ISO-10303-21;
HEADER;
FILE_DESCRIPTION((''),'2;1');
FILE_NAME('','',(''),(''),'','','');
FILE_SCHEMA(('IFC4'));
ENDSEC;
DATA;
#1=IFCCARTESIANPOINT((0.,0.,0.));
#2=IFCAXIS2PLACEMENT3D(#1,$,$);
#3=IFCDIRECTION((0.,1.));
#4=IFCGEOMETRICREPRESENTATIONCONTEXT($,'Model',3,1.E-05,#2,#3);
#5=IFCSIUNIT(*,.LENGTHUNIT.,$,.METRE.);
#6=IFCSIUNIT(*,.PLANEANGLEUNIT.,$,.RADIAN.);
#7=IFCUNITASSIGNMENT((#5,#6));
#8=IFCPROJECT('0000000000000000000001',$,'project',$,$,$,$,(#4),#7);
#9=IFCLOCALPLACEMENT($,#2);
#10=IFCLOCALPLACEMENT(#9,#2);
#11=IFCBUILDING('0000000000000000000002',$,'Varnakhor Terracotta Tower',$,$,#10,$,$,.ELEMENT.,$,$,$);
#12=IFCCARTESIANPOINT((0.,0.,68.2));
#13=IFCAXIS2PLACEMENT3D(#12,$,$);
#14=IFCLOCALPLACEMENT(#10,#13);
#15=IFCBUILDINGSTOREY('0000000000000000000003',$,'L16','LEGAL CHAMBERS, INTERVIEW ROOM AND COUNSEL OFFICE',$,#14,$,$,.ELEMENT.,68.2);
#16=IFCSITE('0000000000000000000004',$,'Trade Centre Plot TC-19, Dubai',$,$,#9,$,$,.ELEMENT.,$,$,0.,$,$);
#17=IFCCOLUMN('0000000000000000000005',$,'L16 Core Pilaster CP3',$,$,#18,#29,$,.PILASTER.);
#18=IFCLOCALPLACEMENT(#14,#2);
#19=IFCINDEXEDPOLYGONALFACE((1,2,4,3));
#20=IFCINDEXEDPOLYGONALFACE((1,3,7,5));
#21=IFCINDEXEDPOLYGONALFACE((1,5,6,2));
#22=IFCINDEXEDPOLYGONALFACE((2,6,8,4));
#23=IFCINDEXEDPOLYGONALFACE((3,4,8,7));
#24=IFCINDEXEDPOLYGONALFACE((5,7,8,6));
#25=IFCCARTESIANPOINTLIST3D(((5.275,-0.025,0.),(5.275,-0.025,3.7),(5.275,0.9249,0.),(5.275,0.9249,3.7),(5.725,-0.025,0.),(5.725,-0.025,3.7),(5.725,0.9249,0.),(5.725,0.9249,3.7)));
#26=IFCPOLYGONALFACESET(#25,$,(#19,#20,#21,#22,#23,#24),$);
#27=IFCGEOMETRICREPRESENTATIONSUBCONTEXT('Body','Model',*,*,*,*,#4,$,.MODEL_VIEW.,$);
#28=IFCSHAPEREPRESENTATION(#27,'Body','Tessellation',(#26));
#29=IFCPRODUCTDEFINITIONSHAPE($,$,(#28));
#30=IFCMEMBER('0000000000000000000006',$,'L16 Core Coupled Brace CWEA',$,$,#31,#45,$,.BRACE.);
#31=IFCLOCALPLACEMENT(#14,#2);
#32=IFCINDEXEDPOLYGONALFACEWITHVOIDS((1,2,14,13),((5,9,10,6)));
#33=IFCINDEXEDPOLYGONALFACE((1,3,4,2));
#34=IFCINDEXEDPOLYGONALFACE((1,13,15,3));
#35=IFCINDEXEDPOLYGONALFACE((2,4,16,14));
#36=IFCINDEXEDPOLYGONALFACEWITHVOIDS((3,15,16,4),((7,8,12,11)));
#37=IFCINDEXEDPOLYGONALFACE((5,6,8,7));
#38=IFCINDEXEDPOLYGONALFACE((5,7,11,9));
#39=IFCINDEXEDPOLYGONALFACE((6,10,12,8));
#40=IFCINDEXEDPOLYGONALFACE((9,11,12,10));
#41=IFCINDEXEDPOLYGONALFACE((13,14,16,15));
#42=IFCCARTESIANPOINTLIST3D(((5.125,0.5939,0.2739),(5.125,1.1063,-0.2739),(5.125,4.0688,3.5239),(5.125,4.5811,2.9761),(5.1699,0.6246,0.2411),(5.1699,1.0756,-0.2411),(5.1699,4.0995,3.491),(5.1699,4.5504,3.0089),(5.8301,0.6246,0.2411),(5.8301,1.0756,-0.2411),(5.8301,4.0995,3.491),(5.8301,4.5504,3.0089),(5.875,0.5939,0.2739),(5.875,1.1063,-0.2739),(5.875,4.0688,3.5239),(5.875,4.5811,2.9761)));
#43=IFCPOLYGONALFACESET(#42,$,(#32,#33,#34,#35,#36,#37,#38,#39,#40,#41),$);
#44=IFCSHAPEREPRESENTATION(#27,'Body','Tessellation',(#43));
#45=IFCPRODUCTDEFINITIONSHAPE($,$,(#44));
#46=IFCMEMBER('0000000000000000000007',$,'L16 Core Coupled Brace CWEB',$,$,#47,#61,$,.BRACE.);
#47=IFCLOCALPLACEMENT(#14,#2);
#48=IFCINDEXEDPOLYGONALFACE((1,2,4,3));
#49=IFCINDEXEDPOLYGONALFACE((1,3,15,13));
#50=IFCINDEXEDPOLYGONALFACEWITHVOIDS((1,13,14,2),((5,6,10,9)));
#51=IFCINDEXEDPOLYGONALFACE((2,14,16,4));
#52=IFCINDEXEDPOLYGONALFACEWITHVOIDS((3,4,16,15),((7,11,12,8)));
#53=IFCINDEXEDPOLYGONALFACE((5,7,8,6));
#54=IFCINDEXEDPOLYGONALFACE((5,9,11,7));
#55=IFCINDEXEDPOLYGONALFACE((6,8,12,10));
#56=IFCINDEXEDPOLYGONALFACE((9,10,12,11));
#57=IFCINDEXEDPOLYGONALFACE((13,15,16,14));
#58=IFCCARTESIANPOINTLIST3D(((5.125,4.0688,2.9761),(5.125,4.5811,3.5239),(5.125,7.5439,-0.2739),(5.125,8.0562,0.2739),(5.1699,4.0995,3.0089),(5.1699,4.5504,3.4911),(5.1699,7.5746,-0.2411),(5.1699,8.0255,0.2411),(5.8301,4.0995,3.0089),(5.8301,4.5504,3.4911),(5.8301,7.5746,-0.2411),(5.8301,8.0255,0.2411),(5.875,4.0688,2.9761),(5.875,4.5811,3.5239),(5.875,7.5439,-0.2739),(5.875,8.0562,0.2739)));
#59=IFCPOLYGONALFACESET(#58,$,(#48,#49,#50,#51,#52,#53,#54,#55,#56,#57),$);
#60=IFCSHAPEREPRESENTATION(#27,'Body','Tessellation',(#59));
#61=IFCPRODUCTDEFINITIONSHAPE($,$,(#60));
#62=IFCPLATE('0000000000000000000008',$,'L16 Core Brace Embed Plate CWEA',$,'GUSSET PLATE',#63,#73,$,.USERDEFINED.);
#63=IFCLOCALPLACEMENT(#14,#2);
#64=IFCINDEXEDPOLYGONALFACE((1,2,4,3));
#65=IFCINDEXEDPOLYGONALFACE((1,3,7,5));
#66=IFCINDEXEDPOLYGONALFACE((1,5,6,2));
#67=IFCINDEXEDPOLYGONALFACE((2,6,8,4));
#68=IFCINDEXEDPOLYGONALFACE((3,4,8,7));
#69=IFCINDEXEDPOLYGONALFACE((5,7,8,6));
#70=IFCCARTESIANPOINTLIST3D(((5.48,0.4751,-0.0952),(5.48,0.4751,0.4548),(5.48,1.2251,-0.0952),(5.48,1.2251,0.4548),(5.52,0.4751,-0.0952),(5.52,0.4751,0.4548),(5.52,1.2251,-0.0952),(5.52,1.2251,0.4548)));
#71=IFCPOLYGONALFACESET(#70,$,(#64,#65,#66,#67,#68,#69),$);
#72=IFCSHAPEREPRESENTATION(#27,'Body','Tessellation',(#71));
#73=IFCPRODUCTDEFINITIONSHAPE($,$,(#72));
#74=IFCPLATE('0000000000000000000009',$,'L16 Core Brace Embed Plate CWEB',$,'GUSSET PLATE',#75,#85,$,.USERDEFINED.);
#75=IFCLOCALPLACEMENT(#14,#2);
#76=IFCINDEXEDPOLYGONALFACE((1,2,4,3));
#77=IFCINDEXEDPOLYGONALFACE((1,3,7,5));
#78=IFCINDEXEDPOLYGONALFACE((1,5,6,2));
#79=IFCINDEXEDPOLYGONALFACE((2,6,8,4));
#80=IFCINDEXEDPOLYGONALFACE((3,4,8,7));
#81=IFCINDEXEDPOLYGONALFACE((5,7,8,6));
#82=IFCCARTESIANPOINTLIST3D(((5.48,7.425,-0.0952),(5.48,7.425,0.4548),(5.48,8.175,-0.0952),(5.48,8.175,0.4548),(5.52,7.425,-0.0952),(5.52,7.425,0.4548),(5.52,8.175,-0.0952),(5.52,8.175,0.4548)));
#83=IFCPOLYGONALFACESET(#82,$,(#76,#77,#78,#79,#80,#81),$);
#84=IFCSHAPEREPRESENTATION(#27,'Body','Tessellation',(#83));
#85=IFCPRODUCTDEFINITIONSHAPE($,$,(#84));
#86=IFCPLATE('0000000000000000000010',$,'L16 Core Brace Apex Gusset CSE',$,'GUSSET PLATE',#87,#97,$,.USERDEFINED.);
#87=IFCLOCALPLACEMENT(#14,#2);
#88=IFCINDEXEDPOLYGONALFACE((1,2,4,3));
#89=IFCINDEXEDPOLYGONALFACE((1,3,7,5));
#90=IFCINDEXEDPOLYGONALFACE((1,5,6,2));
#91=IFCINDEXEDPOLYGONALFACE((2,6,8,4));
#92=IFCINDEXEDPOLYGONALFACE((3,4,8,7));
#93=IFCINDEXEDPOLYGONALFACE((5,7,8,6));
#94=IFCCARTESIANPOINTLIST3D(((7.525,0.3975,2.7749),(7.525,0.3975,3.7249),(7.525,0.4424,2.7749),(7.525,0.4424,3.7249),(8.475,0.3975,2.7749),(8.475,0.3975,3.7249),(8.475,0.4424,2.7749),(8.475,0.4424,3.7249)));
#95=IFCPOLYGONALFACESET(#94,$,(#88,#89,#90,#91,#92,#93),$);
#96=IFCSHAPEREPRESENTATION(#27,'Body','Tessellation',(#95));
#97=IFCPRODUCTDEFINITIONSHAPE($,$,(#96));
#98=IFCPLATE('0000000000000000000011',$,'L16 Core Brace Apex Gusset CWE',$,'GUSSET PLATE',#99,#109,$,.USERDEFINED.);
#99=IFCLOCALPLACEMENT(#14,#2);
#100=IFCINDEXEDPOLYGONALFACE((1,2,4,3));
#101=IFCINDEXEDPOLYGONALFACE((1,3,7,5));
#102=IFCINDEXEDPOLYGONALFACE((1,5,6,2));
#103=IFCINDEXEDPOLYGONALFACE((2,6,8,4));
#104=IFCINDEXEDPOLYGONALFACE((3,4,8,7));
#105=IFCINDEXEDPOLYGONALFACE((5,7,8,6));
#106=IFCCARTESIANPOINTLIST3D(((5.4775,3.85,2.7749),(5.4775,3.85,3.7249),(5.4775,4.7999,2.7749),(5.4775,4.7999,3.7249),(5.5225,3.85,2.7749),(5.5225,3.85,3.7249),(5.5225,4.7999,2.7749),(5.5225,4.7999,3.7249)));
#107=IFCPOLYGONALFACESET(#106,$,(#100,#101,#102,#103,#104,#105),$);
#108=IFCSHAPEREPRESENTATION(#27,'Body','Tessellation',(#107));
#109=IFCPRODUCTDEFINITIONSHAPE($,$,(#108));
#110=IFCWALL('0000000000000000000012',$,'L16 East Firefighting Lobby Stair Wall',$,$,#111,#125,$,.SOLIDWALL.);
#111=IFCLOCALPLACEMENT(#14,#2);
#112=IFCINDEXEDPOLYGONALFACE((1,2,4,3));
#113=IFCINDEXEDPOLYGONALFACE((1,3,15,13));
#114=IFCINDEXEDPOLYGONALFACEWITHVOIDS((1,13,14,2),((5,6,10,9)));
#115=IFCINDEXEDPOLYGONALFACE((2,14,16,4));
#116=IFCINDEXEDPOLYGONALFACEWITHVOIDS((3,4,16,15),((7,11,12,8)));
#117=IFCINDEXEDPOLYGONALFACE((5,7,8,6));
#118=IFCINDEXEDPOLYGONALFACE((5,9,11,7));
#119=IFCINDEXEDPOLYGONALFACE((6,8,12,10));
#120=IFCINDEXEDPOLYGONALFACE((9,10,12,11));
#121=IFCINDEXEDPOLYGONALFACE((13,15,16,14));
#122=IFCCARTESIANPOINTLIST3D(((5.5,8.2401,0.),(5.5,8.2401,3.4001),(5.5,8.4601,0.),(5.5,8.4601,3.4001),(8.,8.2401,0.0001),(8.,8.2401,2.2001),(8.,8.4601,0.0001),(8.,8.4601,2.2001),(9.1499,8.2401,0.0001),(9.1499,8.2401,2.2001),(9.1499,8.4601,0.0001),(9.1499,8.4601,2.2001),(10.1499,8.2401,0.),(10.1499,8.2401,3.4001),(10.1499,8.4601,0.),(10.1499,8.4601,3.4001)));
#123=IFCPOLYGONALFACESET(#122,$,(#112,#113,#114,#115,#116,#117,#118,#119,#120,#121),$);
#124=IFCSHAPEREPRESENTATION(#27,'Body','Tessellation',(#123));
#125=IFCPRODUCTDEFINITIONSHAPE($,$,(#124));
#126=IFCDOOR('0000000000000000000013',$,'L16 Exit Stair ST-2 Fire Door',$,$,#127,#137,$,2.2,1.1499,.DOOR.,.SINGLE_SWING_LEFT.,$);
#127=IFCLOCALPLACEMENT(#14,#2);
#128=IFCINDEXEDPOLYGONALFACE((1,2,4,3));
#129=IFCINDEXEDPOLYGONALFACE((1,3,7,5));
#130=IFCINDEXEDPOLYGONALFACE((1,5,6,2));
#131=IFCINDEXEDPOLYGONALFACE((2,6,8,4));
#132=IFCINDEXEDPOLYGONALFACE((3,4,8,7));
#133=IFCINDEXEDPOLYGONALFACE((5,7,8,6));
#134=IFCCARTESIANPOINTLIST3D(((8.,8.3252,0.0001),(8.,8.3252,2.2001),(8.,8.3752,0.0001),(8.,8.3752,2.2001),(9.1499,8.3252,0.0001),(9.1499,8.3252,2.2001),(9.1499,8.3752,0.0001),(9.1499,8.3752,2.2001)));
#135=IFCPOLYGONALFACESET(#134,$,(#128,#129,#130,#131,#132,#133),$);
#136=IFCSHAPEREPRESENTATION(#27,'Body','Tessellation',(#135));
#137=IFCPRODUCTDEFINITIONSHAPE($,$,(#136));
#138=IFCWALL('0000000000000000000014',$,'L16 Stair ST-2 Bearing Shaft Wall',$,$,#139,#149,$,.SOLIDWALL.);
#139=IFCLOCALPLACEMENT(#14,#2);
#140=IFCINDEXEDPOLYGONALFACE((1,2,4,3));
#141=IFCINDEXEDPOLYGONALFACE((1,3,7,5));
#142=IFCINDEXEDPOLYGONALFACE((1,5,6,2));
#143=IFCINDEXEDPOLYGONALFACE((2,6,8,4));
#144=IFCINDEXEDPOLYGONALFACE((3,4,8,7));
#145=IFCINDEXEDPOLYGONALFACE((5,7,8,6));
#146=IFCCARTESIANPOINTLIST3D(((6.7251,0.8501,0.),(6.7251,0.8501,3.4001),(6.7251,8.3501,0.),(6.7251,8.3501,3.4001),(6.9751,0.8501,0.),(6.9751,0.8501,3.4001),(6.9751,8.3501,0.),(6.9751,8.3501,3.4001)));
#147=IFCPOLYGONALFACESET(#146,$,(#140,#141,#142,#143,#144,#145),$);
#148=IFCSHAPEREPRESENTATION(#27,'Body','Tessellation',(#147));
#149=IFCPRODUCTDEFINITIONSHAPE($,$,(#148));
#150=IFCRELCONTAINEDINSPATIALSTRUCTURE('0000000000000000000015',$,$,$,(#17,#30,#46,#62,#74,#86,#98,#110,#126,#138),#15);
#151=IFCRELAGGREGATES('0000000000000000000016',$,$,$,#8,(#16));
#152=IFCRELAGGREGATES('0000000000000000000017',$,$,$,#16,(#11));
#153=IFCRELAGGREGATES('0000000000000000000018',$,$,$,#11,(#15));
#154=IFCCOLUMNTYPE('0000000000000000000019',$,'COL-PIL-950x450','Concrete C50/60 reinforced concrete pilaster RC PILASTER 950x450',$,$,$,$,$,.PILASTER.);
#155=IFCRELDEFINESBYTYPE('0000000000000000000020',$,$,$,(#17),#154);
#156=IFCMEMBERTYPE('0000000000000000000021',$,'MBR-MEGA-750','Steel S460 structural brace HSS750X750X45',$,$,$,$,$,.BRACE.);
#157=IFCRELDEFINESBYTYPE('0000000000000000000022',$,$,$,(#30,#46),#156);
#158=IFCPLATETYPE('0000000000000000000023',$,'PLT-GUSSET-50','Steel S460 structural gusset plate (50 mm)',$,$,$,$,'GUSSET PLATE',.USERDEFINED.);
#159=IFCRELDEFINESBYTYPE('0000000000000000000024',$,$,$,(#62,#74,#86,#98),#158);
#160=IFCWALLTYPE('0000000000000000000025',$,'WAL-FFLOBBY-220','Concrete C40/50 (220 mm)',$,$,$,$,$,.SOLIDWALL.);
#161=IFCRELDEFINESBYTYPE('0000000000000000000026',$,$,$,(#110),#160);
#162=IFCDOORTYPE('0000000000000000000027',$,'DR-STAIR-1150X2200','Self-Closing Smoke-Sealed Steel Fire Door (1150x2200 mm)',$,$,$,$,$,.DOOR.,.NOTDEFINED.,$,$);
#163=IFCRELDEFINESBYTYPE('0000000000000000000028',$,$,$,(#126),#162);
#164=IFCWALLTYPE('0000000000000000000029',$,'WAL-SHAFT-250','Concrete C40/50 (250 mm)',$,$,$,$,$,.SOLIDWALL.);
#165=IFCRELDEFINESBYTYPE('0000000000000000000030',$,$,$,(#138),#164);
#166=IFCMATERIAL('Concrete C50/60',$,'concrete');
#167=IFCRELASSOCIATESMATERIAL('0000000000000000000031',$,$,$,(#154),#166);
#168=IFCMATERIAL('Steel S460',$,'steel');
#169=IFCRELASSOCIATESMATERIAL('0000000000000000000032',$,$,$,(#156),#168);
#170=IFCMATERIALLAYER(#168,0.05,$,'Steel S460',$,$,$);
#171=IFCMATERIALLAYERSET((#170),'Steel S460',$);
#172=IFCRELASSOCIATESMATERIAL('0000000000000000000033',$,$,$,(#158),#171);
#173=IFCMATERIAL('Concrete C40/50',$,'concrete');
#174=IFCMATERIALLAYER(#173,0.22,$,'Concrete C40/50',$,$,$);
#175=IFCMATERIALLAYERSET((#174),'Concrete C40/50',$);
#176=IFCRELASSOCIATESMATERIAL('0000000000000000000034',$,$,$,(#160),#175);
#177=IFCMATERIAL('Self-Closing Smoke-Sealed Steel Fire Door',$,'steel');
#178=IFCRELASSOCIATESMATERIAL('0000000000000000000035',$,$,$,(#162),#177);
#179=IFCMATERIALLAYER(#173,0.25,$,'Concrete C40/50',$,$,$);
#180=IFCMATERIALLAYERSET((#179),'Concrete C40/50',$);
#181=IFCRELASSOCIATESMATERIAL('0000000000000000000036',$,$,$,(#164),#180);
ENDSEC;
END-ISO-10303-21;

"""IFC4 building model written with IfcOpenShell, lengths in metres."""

from ifc_helpers import new_model, si_unit, direction, frame, frame_2d, origin, origin_2d, place, context, subcontext, project, spatial, rectangle, hollow_rectangle, extrude, source, transform, mapped, material, layer, layer_set, material_profile, profile_set, type_object, type_shapes, element, fill, save


model = new_model("IFC4")

# Units and contexts
model_context = context("Model", 3, precision=1e-05, world=origin(), true_north=direction((0.0, 1.0)))
body_context = subcontext(model_context, "Body", "Model", "MODEL_VIEW")
ifc_project = project(units=[si_unit("LENGTHUNIT", "METRE"), si_unit("PLANEANGLEUNIT", "RADIAN")], contexts=[model_context])

# Site, building, storey
site_placement = place(None, origin())
site = spatial("IfcSite", under=ifc_project, at=site_placement, Name="Trade Centre Plot TC-19, Dubai", CompositionType="ELEMENT", RefElevation=0.0)
building_placement = place(site_placement, origin())
building = spatial("IfcBuilding", under=site, at=building_placement, Name="Varnakhor Terracotta Tower", CompositionType="ELEMENT")
storey_placement = place(building_placement, frame((0.0, 0.0, 68.2)))
storey = spatial("IfcBuildingStorey", under=building, at=storey_placement, Name="L16", Description="LEGAL CHAMBERS, INTERVIEW ROOM AND COUNSEL OFFICE", CompositionType="ELEMENT", Elevation=68.2)

# Column
ifc_material_1 = material(Name="Concrete C50/60", Category="concrete")
ifc_material_profile_1 = material_profile(ifc_material_1, rectangle(XDim=0.45, YDim=0.95, at=origin_2d()), Name="RC PILASTER 950x450")
ifc_profile_set_1 = profile_set([ifc_material_profile_1], Name="Concrete C50/60")
column_type = type_object("IfcColumnType", Name="COL-PIL-950x450", Description="Concrete C50/60 reinforced concrete pilaster RC PILASTER 950x450", PredefinedType="PILASTER", material=ifc_profile_set_1)
shared_shape_1 = source(origin(), body_context, "Body", "SweptSolid", [
    extrude(rectangle(XDim=0.45, YDim=0.95, at=origin_2d()), origin(), (0.0, 0.0, 1.0), 3.7),
])
column_placement = place(storey_placement, frame((5.5, 0.45, 0.0), z_axis=(0.0, 0.0, 1.0), x_axis=(1.0, 0.0, 0.0)))
element("IfcColumn", 1, at=column_placement, inside=storey, type_object=column_type, Name="L16 Core Pilaster CP3", PredefinedType="PILASTER", context=body_context, shape_type="MappedRepresentation", body=[
    mapped(shared_shape_1, transform((0.0, 0.0, 0.0), scale=1.0)),
])

# Members
ifc_material_2 = material(Name="Steel S460", Category="steel")
ifc_material_profile_2 = material_profile(ifc_material_2, hollow_rectangle(XDim=0.75, YDim=0.75, WallThickness=0.0449, at=origin_2d()), Name="HSS750X750X45")
ifc_profile_set_2 = profile_set([ifc_material_profile_2], Name="Steel S460")
member_type = type_object("IfcMemberType", Name="MBR-MEGA-750", Description="Steel S460 structural brace HSS750X750X45", PredefinedType="BRACE", material=ifc_profile_set_2)
shared_shape_2 = source(origin(), body_context, "Body", "SweptSolid", [
    extrude(hollow_rectangle(XDim=0.75, YDim=0.75, WallThickness=0.0449, at=origin_2d()), origin(), (0.0, 0.0, 1.0), 4.7578),
])
member_1_placement = place(storey_placement, frame((5.5, 0.8501, 0.0), z_axis=(0.0, 0.730342, 0.683082), x_axis=(-1.0, 0.0, 0.0)))
element("IfcMember", 2, at=member_1_placement, inside=storey, type_object=member_type, Name="L16 Core Coupled Brace CWEA", PredefinedType="BRACE", context=body_context, shape_type="MappedRepresentation", body=[
    mapped(shared_shape_2, transform((0.0, 0.0, 0.0), scale=1.0)),
])
shared_shape_3 = source(origin(), body_context, "Body", "SweptSolid", [
    extrude(hollow_rectangle(XDim=0.75, YDim=0.75, WallThickness=0.0449, at=origin_2d()), origin(), (0.0, 0.0, 1.0), 4.7581),
])
member_2_placement = place(storey_placement, frame((5.5, 7.8, 0.0), z_axis=(0.0, -0.730366, 0.683056), x_axis=(1.0, 0.0, 0.0)))
element("IfcMember", 3, at=member_2_placement, inside=storey, type_object=member_type, Name="L16 Core Coupled Brace CWEB", PredefinedType="BRACE", context=body_context, shape_type="MappedRepresentation", body=[
    mapped(shared_shape_3, transform((0.0, 0.0, 0.0), scale=1.0)),
])

# Plates
ifc_layer_1 = layer(ifc_material_2, 0.05, Name="Steel S460")
ifc_layer_set_1 = layer_set([ifc_layer_1], Name="Steel S460")
plate_type = type_object("IfcPlateType", Name="PLT-GUSSET-50", Description="Steel S460 structural gusset plate (50 mm)", ElementType="GUSSET PLATE", PredefinedType="USERDEFINED", material=ifc_layer_set_1)
shared_shape_4 = source(origin(), body_context, "Body", "SweptSolid", [
    extrude(rectangle(XDim=0.75, YDim=0.04, at=origin_2d()), origin(), (0.0, 0.0, 1.0), 0.55),
])
type_shapes(plate_type, [shared_shape_4])
for number, where, z_axis, x_axis, name in (
    (4, (5.5, 0.8501, -0.0952), (0.0, 0.0, 1.0), (0.0, 1.0, 0.0), "L16 Core Brace Embed Plate CWEA"),
    (5, (5.5, 7.8, -0.0952), (0.0, 0.0, 1.0), (0.0, 1.0, 0.0), "L16 Core Brace Embed Plate CWEB"),
):
    element("IfcPlate", number, at=place(storey_placement, frame(where, z_axis=z_axis, x_axis=x_axis)), inside=storey, type_object=plate_type, Name=name, ObjectType="GUSSET PLATE", PredefinedType="USERDEFINED", context=body_context, shape_type="MappedRepresentation", body=[
        mapped(shared_shape_4, transform((0.0, 0.0, 0.0), scale=1.0)),
    ])
shared_shape_5 = source(origin(), body_context, "Body", "SweptSolid", [
    extrude(rectangle(XDim=0.95, YDim=0.0449, at=origin_2d()), origin(), (0.0, 0.0, 1.0), 0.95),
])
for number, where, z_axis, x_axis, name in (
    (6, (8.0, 0.4199, 2.7749), (0.0, 0.0, 1.0), (1.0, 0.0, 0.0), "L16 Core Brace Apex Gusset CSE"),
    (7, (5.5, 4.325, 2.7749), (0.0, 0.0, 1.0), (0.0, 1.0, 0.0), "L16 Core Brace Apex Gusset CWE"),
):
    element("IfcPlate", number, at=place(storey_placement, frame(where, z_axis=z_axis, x_axis=x_axis)), inside=storey, type_object=plate_type, Name=name, ObjectType="GUSSET PLATE", PredefinedType="USERDEFINED", context=body_context, shape_type="MappedRepresentation", body=[
        mapped(shared_shape_5, transform((0.0, 0.0, 0.0), scale=1.0)),
    ])

# Wall, opening, door
ifc_material_3 = material(Name="Concrete C40/50", Category="concrete")
ifc_layer_2 = layer(ifc_material_3, 0.22, Name="Concrete C40/50")
ifc_layer_set_2 = layer_set([ifc_layer_2], Name="Concrete C40/50")
wall_type_1 = type_object("IfcWallType", Name="WAL-FFLOBBY-220", Description="Concrete C40/50 (220 mm)", PredefinedType="SOLIDWALL", material=ifc_layer_set_2)
wall_1_placement = place(storey_placement, frame((10.1499, 8.3501, 0.0), z_axis=(0.0, 0.0, 1.0), x_axis=(-1.0, 0.0, 0.0)))
wall_1 = element("IfcWall", 8, at=wall_1_placement, inside=storey, type_object=wall_type_1, Name="L16 East Firefighting Lobby Stair Wall", PredefinedType="SOLIDWALL", context=body_context, shape_type="SweptSolid", body=[
    extrude(rectangle(XDim=4.6499, YDim=0.22, at=frame_2d((2.325, 0.0))), origin(), (0.0, 0.0, 1.0), 3.4001),
])
opening_placement = place(wall_1_placement, frame((1.0, 0.0, 0.0)))
opening = element("IfcOpeningElement", 9, at=opening_placement, cuts=wall_1, PredefinedType="OPENING", context=body_context, shape_type="SweptSolid", body=[
    extrude(rectangle(XDim=1.1499, YDim=2.2, at=frame_2d((0.575, 1.1001))), frame((0.0, 0.1201, 0.0), z_axis=(0.0, -1.0, 0.0), x_axis=(1.0, 0.0, 0.0)), (0.0, 0.0, 1.0), 0.24),
])
ifc_material_4 = material(Name="Self-Closing Smoke-Sealed Steel Fire Door", Category="steel")
door_type = type_object("IfcDoorType", Name="DR-STAIR-1150X2200", Description="Self-Closing Smoke-Sealed Steel Fire Door (1150x2200 mm)", OperationType="NOTDEFINED", PredefinedType="DOOR", material=ifc_material_4)
shared_shape_6 = source(origin(), body_context, "Body", "SweptSolid", [
    extrude(rectangle(XDim=1.1499, YDim=2.2, at=frame_2d((0.575, 1.1001))), frame((0.0, 0.0249, 0.0), z_axis=(0.0, -1.0, 0.0), x_axis=(1.0, 0.0, 0.0)), (0.0, 0.0, 1.0), 0.05),
])
type_shapes(door_type, [shared_shape_6])
door_placement = place(opening_placement, origin())
door = element("IfcDoor", 10, at=door_placement, inside=storey, type_object=door_type, Name="L16 Exit Stair ST-2 Fire Door", OperationType="SINGLE_SWING_LEFT", OverallHeight=2.2, OverallWidth=1.1499, PredefinedType="DOOR", context=body_context, shape_type="MappedRepresentation", body=[
    mapped(shared_shape_6, transform((0.0, 0.0, 0.0), scale=1.0)),
])
fill(opening, door)

# Wall
ifc_layer_3 = layer(ifc_material_3, 0.25, Name="Concrete C40/50")
ifc_layer_set_3 = layer_set([ifc_layer_3], Name="Concrete C40/50")
wall_type_2 = type_object("IfcWallType", Name="WAL-SHAFT-250", Description="Concrete C40/50 (250 mm)", PredefinedType="SOLIDWALL", material=ifc_layer_set_3)
wall_2_placement = place(storey_placement, frame((6.8501, 0.8501, 0.0), z_axis=(0.0, 0.0, 1.0), x_axis=(0.0, 1.0, 0.0)))
element("IfcWall", 11, at=wall_2_placement, inside=storey, type_object=wall_type_2, Name="L16 Stair ST-2 Bearing Shaft Wall", PredefinedType="SOLIDWALL", context=body_context, shape_type="SweptSolid", body=[
    extrude(rectangle(XDim=7.5, YDim=0.25, at=frame_2d((3.75, 0.0))), origin(), (0.0, 0.0, 1.0), 3.4001),
])

save(model, "model.ifc")
